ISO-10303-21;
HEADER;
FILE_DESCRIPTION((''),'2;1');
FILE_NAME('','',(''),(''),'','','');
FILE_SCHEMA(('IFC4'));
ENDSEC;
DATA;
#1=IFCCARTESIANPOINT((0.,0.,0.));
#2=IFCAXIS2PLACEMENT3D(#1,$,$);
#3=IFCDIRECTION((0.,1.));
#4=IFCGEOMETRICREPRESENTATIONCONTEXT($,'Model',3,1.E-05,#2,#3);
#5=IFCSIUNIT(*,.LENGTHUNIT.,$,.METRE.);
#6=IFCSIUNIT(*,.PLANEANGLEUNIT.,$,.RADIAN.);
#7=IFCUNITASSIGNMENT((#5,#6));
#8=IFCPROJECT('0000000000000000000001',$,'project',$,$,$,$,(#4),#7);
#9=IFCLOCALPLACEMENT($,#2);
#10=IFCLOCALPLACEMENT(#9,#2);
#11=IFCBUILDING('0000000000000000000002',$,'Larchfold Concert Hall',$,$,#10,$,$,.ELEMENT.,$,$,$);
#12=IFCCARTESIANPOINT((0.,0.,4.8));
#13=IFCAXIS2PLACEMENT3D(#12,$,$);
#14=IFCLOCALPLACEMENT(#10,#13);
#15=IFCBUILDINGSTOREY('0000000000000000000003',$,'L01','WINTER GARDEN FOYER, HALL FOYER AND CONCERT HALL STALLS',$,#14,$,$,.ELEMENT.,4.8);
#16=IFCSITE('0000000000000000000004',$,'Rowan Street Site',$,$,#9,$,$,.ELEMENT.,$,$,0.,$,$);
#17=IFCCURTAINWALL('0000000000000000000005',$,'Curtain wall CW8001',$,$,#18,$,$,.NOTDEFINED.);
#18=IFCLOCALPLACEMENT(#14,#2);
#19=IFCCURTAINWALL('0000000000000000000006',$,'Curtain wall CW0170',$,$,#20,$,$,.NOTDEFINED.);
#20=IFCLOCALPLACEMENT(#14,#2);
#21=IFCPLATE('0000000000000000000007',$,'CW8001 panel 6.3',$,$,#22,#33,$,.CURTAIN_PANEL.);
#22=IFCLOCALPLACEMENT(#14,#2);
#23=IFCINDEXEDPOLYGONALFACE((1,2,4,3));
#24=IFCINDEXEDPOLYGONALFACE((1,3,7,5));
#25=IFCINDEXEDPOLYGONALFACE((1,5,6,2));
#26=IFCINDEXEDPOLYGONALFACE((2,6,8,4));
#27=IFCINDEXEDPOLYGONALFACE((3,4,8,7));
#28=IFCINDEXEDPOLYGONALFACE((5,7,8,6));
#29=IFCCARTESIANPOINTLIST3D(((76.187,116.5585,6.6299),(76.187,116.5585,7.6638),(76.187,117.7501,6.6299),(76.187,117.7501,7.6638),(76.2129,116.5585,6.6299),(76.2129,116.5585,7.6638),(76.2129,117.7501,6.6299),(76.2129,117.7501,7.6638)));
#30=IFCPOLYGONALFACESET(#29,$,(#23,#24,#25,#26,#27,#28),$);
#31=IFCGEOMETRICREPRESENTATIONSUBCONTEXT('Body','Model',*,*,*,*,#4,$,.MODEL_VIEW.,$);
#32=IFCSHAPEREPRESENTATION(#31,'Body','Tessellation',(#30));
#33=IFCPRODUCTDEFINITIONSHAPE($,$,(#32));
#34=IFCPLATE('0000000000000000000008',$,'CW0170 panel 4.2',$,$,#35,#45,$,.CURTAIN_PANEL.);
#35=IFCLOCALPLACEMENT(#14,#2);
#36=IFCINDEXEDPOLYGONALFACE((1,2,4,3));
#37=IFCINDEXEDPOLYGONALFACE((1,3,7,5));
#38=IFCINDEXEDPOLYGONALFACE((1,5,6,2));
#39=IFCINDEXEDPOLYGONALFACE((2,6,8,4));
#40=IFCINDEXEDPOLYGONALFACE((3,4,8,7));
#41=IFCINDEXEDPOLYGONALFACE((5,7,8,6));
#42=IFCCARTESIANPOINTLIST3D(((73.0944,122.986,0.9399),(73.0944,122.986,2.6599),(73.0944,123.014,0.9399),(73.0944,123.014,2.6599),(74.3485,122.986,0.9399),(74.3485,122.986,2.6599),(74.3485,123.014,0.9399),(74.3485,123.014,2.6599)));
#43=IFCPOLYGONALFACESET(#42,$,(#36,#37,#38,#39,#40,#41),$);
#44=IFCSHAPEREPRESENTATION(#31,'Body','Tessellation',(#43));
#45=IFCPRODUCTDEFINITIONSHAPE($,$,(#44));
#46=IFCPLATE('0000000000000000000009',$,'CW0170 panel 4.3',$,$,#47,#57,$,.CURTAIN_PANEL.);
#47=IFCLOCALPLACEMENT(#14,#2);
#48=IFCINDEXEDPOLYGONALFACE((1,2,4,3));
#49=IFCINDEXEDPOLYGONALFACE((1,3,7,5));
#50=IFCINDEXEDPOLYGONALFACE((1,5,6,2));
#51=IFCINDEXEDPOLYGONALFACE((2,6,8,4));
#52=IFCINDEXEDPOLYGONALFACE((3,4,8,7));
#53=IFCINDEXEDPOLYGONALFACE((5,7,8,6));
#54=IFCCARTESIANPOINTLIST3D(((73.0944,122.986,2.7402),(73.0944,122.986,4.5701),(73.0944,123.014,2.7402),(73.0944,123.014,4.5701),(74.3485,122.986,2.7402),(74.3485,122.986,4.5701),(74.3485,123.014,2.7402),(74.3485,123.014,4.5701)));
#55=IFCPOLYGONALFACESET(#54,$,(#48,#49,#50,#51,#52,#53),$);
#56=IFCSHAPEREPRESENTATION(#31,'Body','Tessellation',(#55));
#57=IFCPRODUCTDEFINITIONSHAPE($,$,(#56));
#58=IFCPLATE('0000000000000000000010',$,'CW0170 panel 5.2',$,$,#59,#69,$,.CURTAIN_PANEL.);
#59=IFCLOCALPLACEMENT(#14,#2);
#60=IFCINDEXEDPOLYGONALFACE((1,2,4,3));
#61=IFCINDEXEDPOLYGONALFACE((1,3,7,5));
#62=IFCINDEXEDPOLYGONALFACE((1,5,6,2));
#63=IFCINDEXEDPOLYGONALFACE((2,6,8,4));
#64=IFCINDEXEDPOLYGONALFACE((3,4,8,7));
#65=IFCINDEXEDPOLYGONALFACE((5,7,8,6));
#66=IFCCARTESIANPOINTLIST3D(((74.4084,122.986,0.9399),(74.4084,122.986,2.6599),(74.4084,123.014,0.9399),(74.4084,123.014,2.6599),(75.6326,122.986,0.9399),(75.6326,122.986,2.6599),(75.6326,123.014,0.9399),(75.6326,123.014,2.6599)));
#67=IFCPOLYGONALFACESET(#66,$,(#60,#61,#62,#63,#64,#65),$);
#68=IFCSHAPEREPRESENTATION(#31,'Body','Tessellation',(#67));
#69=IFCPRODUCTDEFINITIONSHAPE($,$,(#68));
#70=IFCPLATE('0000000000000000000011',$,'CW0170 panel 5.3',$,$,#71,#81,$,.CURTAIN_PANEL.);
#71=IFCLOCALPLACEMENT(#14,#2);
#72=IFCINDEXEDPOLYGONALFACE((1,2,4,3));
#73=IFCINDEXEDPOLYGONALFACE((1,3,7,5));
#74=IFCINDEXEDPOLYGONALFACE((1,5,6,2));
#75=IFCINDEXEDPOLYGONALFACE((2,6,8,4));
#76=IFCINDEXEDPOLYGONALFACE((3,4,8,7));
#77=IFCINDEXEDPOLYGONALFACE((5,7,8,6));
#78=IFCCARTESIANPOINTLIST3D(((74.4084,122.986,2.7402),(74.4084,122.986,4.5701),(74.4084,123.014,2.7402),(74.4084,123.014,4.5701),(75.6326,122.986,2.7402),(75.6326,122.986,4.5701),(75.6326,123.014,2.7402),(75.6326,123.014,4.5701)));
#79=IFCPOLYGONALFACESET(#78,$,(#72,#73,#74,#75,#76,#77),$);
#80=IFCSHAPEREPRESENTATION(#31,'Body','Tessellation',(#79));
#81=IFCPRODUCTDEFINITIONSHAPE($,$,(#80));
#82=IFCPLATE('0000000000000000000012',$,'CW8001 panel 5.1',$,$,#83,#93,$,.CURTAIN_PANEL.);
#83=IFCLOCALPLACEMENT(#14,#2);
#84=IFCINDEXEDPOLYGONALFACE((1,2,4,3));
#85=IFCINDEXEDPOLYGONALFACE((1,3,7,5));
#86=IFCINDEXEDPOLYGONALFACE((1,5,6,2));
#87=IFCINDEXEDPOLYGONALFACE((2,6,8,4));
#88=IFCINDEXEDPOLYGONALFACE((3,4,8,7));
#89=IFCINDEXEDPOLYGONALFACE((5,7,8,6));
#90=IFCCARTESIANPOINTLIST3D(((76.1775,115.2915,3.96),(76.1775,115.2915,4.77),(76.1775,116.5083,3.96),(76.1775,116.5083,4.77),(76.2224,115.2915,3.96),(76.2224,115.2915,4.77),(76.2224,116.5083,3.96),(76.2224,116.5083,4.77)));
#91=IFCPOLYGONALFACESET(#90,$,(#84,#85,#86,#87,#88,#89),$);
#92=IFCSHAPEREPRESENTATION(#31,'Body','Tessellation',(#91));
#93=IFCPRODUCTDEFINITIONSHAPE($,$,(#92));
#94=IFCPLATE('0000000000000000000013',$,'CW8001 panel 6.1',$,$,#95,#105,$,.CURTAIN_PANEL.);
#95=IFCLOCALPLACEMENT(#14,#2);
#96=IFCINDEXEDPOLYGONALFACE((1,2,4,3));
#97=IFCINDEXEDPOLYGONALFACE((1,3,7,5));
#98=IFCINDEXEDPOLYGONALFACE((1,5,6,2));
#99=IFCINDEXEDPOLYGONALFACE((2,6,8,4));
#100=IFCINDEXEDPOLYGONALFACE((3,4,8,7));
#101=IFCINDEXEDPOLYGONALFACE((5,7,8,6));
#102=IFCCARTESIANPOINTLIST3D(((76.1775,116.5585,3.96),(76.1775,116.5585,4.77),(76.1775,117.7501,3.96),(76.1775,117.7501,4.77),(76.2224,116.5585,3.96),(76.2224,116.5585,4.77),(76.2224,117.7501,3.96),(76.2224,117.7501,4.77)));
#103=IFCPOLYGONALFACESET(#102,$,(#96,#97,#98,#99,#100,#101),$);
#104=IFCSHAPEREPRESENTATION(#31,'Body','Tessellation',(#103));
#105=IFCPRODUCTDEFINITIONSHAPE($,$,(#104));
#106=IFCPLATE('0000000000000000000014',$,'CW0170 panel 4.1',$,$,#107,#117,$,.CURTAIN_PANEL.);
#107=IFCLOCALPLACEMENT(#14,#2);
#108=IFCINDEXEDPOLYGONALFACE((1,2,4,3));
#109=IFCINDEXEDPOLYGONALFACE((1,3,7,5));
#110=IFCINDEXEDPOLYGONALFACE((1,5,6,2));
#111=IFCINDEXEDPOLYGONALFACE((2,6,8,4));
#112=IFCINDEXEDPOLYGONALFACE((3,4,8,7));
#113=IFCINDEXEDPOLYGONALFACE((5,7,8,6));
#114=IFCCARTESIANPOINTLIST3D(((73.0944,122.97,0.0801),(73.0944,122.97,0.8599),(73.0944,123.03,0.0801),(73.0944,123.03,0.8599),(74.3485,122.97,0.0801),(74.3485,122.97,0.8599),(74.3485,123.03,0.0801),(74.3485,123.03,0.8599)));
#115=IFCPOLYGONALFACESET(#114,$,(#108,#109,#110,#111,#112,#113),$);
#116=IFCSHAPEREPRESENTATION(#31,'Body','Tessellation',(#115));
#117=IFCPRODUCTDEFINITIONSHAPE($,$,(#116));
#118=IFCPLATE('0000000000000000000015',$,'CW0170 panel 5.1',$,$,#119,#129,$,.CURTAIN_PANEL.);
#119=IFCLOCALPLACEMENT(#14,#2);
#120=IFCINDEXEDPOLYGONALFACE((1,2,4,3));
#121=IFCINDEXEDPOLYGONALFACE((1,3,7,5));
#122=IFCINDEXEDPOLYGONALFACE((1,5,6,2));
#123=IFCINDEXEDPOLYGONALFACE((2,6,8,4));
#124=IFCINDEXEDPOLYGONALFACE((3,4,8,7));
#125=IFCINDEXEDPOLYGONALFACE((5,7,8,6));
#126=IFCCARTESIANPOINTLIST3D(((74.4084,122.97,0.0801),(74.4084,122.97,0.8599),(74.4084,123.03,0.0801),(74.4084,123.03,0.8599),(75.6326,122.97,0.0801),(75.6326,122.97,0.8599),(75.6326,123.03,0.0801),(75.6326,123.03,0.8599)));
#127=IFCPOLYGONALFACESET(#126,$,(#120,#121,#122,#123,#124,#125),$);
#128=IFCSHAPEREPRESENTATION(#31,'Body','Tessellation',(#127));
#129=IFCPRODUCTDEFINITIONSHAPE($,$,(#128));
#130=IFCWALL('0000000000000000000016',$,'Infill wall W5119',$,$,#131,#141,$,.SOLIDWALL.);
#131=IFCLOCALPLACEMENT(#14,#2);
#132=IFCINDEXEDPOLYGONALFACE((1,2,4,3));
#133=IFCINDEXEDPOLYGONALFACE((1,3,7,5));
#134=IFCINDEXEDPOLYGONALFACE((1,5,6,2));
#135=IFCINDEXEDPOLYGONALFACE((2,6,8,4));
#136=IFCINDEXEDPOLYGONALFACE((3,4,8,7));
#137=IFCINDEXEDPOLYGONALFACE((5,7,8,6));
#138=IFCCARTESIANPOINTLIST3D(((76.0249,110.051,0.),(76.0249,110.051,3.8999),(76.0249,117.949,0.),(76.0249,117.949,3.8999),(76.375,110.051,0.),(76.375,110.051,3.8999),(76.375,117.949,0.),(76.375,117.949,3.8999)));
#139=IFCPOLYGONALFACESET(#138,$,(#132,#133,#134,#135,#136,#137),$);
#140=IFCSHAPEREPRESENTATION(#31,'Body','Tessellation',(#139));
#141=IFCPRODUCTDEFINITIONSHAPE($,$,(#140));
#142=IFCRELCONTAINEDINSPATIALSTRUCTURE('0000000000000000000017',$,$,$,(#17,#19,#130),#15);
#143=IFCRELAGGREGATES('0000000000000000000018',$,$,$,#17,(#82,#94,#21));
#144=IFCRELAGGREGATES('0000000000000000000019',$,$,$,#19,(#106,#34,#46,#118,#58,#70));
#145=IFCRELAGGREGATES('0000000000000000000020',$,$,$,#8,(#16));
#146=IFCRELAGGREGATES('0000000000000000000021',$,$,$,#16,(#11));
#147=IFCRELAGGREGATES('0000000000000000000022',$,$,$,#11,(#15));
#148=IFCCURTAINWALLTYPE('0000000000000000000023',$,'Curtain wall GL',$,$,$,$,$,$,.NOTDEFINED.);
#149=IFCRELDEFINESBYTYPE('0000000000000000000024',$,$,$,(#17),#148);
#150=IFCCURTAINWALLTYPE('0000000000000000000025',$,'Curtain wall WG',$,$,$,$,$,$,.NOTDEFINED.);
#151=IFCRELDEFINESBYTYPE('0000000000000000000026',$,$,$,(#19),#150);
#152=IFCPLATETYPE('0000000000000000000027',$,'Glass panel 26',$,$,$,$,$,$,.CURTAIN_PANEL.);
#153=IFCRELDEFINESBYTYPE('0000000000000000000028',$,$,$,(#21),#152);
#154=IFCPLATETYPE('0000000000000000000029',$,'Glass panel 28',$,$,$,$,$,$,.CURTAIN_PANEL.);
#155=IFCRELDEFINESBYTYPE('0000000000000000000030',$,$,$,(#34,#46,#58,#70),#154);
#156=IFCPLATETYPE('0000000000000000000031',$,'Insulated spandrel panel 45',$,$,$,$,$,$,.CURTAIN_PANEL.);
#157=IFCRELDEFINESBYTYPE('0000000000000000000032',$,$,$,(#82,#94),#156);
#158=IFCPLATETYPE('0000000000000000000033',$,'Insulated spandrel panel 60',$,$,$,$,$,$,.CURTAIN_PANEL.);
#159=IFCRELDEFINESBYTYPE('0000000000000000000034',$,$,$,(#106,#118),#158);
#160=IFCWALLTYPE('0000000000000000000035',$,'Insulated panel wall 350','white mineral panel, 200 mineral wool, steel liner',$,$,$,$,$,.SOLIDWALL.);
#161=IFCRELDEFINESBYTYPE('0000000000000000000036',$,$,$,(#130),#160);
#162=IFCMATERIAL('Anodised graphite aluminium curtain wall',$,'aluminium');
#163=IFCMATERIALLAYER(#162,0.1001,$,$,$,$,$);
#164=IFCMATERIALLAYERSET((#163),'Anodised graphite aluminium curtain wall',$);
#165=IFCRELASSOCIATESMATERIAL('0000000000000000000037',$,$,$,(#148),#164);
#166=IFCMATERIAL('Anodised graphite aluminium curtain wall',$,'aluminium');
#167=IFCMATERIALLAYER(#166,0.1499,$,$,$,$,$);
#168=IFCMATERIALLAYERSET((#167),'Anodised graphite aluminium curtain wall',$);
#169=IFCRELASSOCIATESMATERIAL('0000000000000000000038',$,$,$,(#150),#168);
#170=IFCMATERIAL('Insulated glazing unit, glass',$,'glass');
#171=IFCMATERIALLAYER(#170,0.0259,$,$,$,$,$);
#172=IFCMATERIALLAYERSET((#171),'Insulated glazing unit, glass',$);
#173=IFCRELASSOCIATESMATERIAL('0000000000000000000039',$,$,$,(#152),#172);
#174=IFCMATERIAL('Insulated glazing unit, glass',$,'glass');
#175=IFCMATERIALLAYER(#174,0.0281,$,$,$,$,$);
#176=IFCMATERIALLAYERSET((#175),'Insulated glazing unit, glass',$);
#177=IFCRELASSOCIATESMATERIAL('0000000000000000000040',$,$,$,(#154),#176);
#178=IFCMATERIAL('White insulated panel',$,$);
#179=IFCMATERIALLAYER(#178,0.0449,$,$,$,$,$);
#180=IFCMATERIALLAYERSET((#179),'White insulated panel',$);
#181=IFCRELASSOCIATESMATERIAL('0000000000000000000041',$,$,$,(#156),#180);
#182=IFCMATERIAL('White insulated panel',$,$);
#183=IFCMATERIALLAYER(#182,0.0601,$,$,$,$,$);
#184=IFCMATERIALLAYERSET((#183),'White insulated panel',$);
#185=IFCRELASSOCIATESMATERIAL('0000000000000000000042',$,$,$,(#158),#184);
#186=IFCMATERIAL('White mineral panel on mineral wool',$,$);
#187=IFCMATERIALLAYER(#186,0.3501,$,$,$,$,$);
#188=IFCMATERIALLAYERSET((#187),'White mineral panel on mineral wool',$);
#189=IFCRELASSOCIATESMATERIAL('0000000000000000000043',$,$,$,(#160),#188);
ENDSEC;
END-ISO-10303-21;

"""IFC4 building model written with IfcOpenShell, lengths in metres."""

from ifc_helpers import new_model, si_unit, direction, frame, frame_2d, origin, origin_2d, place, context, subcontext, project, spatial, rectangle, extrude, material, layer, layer_set, type_object, element, aggregate, save


model = new_model("IFC4")

# Units and contexts
model_context = context("Model", 3, precision=1e-05, world=origin(), true_north=direction((0.0, 1.0)))
body_context = subcontext(model_context, "Body", "Model", "MODEL_VIEW")
ifc_project = project(units=[si_unit("LENGTHUNIT", "METRE"), si_unit("PLANEANGLEUNIT", "RADIAN")], contexts=[model_context])

# Site, building, storey
site_placement = place(None, origin())
site = spatial("IfcSite", under=ifc_project, at=site_placement, Name="Rowan Street Site", CompositionType="ELEMENT", RefElevation=0.0)
building_placement = place(site_placement, origin())
building = spatial("IfcBuilding", under=site, at=building_placement, Name="Larchfold Concert Hall", CompositionType="ELEMENT")
storey_placement = place(building_placement, frame((0.0, 0.0, 4.8)))
storey = spatial("IfcBuildingStorey", under=building, at=storey_placement, Name="L01", Description="WINTER GARDEN FOYER, HALL FOYER AND CONCERT HALL STALLS", CompositionType="ELEMENT", Elevation=4.8)

# Curtain walls
ifc_material_1 = material(Name="Anodised graphite aluminium curtain wall", Category="aluminium")
ifc_layer_1 = layer(ifc_material_1, 0.1001)
ifc_layer_set_1 = layer_set([ifc_layer_1], Name="Anodised graphite aluminium curtain wall")
curtain_wall_type_1 = type_object("IfcCurtainWallType", Name="Curtain wall GL", PredefinedType="NOTDEFINED", material=ifc_layer_set_1)
curtain_wall_1_placement = place(storey_placement, origin())
curtain_wall_1 = element("IfcCurtainWall", 1, at=curtain_wall_1_placement, inside=storey, type_object=curtain_wall_type_1, Name="Curtain wall CW8001", PredefinedType="NOTDEFINED")
ifc_material_2 = material(Name="Anodised graphite aluminium curtain wall", Category="aluminium")
ifc_layer_2 = layer(ifc_material_2, 0.1499)
ifc_layer_set_2 = layer_set([ifc_layer_2], Name="Anodised graphite aluminium curtain wall")
curtain_wall_type_2 = type_object("IfcCurtainWallType", Name="Curtain wall WG", PredefinedType="NOTDEFINED", material=ifc_layer_set_2)
curtain_wall_2_placement = place(storey_placement, origin())
curtain_wall_2 = element("IfcCurtainWall", 2, at=curtain_wall_2_placement, inside=storey, type_object=curtain_wall_type_2, Name="Curtain wall CW0170", PredefinedType="NOTDEFINED")

# Plates
ifc_material_3 = material(Name="Insulated glazing unit, glass", Category="glass")
ifc_layer_3 = layer(ifc_material_3, 0.0259)
ifc_layer_set_3 = layer_set([ifc_layer_3], Name="Insulated glazing unit, glass")
plate_type_1 = type_object("IfcPlateType", Name="Glass panel 26", PredefinedType="CURTAIN_PANEL", material=ifc_layer_set_3)
plate_1_placement = place(storey_placement, frame((76.2, 117.1543, 6.6299), z_axis=(0.0, 0.0, 1.0), x_axis=(0.0, 1.0, 0.0)))
plate_1 = element("IfcPlate", 3, at=plate_1_placement, type_object=plate_type_1, Name="CW8001 panel 6.3", PredefinedType="CURTAIN_PANEL", context=body_context, shape_type="SweptSolid", body=[
    extrude(rectangle(XDim=1.1917, YDim=0.0259, at=origin_2d()), origin(), (0.0, 0.0, 1.0), 1.0339),
])
ifc_material_4 = material(Name="Insulated glazing unit, glass", Category="glass")
ifc_layer_4 = layer(ifc_material_4, 0.0281)
ifc_layer_set_4 = layer_set([ifc_layer_4], Name="Insulated glazing unit, glass")
plate_type_2 = type_object("IfcPlateType", Name="Glass panel 28", PredefinedType="CURTAIN_PANEL", material=ifc_layer_set_4)
plate_2_placement = place(storey_placement, frame((73.7214, 123.0, 0.9399), z_axis=(0.0, 0.0, 1.0), x_axis=(1.0, 0.0, 0.0)))
plate_2 = element("IfcPlate", 4, at=plate_2_placement, type_object=plate_type_2, Name="CW0170 panel 4.2", PredefinedType="CURTAIN_PANEL", context=body_context, shape_type="SweptSolid", body=[
    extrude(rectangle(XDim=1.2542, YDim=0.0281, at=origin_2d()), origin(), (0.0, 0.0, 1.0), 1.72),
])
plate_3_placement = place(storey_placement, frame((73.7214, 123.0, 2.7402), z_axis=(0.0, 0.0, 1.0), x_axis=(1.0, 0.0, 0.0)))
plate_3 = element("IfcPlate", 5, at=plate_3_placement, type_object=plate_type_2, Name="CW0170 panel 4.3", PredefinedType="CURTAIN_PANEL", context=body_context, shape_type="SweptSolid", body=[
    extrude(rectangle(XDim=1.2542, YDim=0.0281, at=origin_2d()), origin(), (0.0, 0.0, 1.0), 1.8298),
])
plate_4_placement = place(storey_placement, frame((75.0205, 123.0, 0.9399), z_axis=(0.0, 0.0, 1.0), x_axis=(1.0, 0.0, 0.0)))
plate_4 = element("IfcPlate", 6, at=plate_4_placement, type_object=plate_type_2, Name="CW0170 panel 5.2", PredefinedType="CURTAIN_PANEL", context=body_context, shape_type="SweptSolid", body=[
    extrude(rectangle(XDim=1.2241, YDim=0.0281, at=origin_2d()), origin(), (0.0, 0.0, 1.0), 1.72),
])
plate_5_placement = place(storey_placement, frame((75.0205, 123.0, 2.7402), z_axis=(0.0, 0.0, 1.0), x_axis=(1.0, 0.0, 0.0)))
plate_5 = element("IfcPlate", 7, at=plate_5_placement, type_object=plate_type_2, Name="CW0170 panel 5.3", PredefinedType="CURTAIN_PANEL", context=body_context, shape_type="SweptSolid", body=[
    extrude(rectangle(XDim=1.2241, YDim=0.0281, at=origin_2d()), origin(), (0.0, 0.0, 1.0), 1.8298),
])
ifc_material_5 = material(Name="White insulated panel")
ifc_layer_5 = layer(ifc_material_5, 0.0449)
ifc_layer_set_5 = layer_set([ifc_layer_5], Name="White insulated panel")
plate_type_3 = type_object("IfcPlateType", Name="Insulated spandrel panel 45", PredefinedType="CURTAIN_PANEL", material=ifc_layer_set_5)
plate_6_placement = place(storey_placement, frame((76.2, 115.8999, 3.96), z_axis=(0.0, 0.0, 1.0), x_axis=(0.0, 1.0, 0.0)))
plate_6 = element("IfcPlate", 8, at=plate_6_placement, type_object=plate_type_3, Name="CW8001 panel 5.1", PredefinedType="CURTAIN_PANEL", context=body_context, shape_type="SweptSolid", body=[
    extrude(rectangle(XDim=1.2168, YDim=0.0449, at=origin_2d()), origin(), (0.0, 0.0, 1.0), 0.8101),
])
plate_7_placement = place(storey_placement, frame((76.2, 117.1543, 3.96), z_axis=(0.0, 0.0, 1.0), x_axis=(0.0, 1.0, 0.0)))
plate_7 = element("IfcPlate", 9, at=plate_7_placement, type_object=plate_type_3, Name="CW8001 panel 6.1", PredefinedType="CURTAIN_PANEL", context=body_context, shape_type="SweptSolid", body=[
    extrude(rectangle(XDim=1.1917, YDim=0.0449, at=origin_2d()), origin(), (0.0, 0.0, 1.0), 0.8101),
])
aggregate(curtain_wall_1, [plate_6, plate_7, plate_1])
ifc_material_6 = material(Name="White insulated panel")
ifc_layer_6 = layer(ifc_material_6, 0.0601)
ifc_layer_set_6 = layer_set([ifc_layer_6], Name="White insulated panel")
plate_type_4 = type_object("IfcPlateType", Name="Insulated spandrel panel 60", PredefinedType="CURTAIN_PANEL", material=ifc_layer_set_6)
plate_8_placement = place(storey_placement, frame((73.7214, 123.0, 0.0801), z_axis=(0.0, 0.0, 1.0), x_axis=(1.0, 0.0, 0.0)))
plate_8 = element("IfcPlate", 10, at=plate_8_placement, type_object=plate_type_4, Name="CW0170 panel 4.1", PredefinedType="CURTAIN_PANEL", context=body_context, shape_type="SweptSolid", body=[
    extrude(rectangle(XDim=1.2542, YDim=0.0601, at=origin_2d()), origin(), (0.0, 0.0, 1.0), 0.7798),
])
plate_9_placement = place(storey_placement, frame((75.0205, 123.0, 0.0801), z_axis=(0.0, 0.0, 1.0), x_axis=(1.0, 0.0, 0.0)))
plate_9 = element("IfcPlate", 11, at=plate_9_placement, type_object=plate_type_4, Name="CW0170 panel 5.1", PredefinedType="CURTAIN_PANEL", context=body_context, shape_type="SweptSolid", body=[
    extrude(rectangle(XDim=1.2241, YDim=0.0601, at=origin_2d()), origin(), (0.0, 0.0, 1.0), 0.7798),
])
aggregate(curtain_wall_2, [plate_8, plate_2, plate_3, plate_9, plate_4, plate_5])

# Wall
ifc_material_7 = material(Name="White mineral panel on mineral wool")
ifc_layer_7 = layer(ifc_material_7, 0.3501)
ifc_layer_set_7 = layer_set([ifc_layer_7], Name="White mineral panel on mineral wool")
wall_type = type_object("IfcWallType", Name="Insulated panel wall 350", Description="white mineral panel, 200 mineral wool, steel liner", PredefinedType="SOLIDWALL", material=ifc_layer_set_7)
wall_placement = place(storey_placement, frame((76.2, 117.949, 0.0), z_axis=(0.0, 0.0, 1.0), x_axis=(0.0, -1.0, 0.0)))
element("IfcWall", 12, at=wall_placement, inside=storey, type_object=wall_type, Name="Infill wall W5119", PredefinedType="SOLIDWALL", context=body_context, shape_type="SweptSolid", body=[
    extrude(rectangle(XDim=7.8979, YDim=0.3501, at=frame_2d((3.949, 0.0))), origin(), (0.0, 0.0, 1.0), 3.8999),
])

save(model, "model.ifc")
